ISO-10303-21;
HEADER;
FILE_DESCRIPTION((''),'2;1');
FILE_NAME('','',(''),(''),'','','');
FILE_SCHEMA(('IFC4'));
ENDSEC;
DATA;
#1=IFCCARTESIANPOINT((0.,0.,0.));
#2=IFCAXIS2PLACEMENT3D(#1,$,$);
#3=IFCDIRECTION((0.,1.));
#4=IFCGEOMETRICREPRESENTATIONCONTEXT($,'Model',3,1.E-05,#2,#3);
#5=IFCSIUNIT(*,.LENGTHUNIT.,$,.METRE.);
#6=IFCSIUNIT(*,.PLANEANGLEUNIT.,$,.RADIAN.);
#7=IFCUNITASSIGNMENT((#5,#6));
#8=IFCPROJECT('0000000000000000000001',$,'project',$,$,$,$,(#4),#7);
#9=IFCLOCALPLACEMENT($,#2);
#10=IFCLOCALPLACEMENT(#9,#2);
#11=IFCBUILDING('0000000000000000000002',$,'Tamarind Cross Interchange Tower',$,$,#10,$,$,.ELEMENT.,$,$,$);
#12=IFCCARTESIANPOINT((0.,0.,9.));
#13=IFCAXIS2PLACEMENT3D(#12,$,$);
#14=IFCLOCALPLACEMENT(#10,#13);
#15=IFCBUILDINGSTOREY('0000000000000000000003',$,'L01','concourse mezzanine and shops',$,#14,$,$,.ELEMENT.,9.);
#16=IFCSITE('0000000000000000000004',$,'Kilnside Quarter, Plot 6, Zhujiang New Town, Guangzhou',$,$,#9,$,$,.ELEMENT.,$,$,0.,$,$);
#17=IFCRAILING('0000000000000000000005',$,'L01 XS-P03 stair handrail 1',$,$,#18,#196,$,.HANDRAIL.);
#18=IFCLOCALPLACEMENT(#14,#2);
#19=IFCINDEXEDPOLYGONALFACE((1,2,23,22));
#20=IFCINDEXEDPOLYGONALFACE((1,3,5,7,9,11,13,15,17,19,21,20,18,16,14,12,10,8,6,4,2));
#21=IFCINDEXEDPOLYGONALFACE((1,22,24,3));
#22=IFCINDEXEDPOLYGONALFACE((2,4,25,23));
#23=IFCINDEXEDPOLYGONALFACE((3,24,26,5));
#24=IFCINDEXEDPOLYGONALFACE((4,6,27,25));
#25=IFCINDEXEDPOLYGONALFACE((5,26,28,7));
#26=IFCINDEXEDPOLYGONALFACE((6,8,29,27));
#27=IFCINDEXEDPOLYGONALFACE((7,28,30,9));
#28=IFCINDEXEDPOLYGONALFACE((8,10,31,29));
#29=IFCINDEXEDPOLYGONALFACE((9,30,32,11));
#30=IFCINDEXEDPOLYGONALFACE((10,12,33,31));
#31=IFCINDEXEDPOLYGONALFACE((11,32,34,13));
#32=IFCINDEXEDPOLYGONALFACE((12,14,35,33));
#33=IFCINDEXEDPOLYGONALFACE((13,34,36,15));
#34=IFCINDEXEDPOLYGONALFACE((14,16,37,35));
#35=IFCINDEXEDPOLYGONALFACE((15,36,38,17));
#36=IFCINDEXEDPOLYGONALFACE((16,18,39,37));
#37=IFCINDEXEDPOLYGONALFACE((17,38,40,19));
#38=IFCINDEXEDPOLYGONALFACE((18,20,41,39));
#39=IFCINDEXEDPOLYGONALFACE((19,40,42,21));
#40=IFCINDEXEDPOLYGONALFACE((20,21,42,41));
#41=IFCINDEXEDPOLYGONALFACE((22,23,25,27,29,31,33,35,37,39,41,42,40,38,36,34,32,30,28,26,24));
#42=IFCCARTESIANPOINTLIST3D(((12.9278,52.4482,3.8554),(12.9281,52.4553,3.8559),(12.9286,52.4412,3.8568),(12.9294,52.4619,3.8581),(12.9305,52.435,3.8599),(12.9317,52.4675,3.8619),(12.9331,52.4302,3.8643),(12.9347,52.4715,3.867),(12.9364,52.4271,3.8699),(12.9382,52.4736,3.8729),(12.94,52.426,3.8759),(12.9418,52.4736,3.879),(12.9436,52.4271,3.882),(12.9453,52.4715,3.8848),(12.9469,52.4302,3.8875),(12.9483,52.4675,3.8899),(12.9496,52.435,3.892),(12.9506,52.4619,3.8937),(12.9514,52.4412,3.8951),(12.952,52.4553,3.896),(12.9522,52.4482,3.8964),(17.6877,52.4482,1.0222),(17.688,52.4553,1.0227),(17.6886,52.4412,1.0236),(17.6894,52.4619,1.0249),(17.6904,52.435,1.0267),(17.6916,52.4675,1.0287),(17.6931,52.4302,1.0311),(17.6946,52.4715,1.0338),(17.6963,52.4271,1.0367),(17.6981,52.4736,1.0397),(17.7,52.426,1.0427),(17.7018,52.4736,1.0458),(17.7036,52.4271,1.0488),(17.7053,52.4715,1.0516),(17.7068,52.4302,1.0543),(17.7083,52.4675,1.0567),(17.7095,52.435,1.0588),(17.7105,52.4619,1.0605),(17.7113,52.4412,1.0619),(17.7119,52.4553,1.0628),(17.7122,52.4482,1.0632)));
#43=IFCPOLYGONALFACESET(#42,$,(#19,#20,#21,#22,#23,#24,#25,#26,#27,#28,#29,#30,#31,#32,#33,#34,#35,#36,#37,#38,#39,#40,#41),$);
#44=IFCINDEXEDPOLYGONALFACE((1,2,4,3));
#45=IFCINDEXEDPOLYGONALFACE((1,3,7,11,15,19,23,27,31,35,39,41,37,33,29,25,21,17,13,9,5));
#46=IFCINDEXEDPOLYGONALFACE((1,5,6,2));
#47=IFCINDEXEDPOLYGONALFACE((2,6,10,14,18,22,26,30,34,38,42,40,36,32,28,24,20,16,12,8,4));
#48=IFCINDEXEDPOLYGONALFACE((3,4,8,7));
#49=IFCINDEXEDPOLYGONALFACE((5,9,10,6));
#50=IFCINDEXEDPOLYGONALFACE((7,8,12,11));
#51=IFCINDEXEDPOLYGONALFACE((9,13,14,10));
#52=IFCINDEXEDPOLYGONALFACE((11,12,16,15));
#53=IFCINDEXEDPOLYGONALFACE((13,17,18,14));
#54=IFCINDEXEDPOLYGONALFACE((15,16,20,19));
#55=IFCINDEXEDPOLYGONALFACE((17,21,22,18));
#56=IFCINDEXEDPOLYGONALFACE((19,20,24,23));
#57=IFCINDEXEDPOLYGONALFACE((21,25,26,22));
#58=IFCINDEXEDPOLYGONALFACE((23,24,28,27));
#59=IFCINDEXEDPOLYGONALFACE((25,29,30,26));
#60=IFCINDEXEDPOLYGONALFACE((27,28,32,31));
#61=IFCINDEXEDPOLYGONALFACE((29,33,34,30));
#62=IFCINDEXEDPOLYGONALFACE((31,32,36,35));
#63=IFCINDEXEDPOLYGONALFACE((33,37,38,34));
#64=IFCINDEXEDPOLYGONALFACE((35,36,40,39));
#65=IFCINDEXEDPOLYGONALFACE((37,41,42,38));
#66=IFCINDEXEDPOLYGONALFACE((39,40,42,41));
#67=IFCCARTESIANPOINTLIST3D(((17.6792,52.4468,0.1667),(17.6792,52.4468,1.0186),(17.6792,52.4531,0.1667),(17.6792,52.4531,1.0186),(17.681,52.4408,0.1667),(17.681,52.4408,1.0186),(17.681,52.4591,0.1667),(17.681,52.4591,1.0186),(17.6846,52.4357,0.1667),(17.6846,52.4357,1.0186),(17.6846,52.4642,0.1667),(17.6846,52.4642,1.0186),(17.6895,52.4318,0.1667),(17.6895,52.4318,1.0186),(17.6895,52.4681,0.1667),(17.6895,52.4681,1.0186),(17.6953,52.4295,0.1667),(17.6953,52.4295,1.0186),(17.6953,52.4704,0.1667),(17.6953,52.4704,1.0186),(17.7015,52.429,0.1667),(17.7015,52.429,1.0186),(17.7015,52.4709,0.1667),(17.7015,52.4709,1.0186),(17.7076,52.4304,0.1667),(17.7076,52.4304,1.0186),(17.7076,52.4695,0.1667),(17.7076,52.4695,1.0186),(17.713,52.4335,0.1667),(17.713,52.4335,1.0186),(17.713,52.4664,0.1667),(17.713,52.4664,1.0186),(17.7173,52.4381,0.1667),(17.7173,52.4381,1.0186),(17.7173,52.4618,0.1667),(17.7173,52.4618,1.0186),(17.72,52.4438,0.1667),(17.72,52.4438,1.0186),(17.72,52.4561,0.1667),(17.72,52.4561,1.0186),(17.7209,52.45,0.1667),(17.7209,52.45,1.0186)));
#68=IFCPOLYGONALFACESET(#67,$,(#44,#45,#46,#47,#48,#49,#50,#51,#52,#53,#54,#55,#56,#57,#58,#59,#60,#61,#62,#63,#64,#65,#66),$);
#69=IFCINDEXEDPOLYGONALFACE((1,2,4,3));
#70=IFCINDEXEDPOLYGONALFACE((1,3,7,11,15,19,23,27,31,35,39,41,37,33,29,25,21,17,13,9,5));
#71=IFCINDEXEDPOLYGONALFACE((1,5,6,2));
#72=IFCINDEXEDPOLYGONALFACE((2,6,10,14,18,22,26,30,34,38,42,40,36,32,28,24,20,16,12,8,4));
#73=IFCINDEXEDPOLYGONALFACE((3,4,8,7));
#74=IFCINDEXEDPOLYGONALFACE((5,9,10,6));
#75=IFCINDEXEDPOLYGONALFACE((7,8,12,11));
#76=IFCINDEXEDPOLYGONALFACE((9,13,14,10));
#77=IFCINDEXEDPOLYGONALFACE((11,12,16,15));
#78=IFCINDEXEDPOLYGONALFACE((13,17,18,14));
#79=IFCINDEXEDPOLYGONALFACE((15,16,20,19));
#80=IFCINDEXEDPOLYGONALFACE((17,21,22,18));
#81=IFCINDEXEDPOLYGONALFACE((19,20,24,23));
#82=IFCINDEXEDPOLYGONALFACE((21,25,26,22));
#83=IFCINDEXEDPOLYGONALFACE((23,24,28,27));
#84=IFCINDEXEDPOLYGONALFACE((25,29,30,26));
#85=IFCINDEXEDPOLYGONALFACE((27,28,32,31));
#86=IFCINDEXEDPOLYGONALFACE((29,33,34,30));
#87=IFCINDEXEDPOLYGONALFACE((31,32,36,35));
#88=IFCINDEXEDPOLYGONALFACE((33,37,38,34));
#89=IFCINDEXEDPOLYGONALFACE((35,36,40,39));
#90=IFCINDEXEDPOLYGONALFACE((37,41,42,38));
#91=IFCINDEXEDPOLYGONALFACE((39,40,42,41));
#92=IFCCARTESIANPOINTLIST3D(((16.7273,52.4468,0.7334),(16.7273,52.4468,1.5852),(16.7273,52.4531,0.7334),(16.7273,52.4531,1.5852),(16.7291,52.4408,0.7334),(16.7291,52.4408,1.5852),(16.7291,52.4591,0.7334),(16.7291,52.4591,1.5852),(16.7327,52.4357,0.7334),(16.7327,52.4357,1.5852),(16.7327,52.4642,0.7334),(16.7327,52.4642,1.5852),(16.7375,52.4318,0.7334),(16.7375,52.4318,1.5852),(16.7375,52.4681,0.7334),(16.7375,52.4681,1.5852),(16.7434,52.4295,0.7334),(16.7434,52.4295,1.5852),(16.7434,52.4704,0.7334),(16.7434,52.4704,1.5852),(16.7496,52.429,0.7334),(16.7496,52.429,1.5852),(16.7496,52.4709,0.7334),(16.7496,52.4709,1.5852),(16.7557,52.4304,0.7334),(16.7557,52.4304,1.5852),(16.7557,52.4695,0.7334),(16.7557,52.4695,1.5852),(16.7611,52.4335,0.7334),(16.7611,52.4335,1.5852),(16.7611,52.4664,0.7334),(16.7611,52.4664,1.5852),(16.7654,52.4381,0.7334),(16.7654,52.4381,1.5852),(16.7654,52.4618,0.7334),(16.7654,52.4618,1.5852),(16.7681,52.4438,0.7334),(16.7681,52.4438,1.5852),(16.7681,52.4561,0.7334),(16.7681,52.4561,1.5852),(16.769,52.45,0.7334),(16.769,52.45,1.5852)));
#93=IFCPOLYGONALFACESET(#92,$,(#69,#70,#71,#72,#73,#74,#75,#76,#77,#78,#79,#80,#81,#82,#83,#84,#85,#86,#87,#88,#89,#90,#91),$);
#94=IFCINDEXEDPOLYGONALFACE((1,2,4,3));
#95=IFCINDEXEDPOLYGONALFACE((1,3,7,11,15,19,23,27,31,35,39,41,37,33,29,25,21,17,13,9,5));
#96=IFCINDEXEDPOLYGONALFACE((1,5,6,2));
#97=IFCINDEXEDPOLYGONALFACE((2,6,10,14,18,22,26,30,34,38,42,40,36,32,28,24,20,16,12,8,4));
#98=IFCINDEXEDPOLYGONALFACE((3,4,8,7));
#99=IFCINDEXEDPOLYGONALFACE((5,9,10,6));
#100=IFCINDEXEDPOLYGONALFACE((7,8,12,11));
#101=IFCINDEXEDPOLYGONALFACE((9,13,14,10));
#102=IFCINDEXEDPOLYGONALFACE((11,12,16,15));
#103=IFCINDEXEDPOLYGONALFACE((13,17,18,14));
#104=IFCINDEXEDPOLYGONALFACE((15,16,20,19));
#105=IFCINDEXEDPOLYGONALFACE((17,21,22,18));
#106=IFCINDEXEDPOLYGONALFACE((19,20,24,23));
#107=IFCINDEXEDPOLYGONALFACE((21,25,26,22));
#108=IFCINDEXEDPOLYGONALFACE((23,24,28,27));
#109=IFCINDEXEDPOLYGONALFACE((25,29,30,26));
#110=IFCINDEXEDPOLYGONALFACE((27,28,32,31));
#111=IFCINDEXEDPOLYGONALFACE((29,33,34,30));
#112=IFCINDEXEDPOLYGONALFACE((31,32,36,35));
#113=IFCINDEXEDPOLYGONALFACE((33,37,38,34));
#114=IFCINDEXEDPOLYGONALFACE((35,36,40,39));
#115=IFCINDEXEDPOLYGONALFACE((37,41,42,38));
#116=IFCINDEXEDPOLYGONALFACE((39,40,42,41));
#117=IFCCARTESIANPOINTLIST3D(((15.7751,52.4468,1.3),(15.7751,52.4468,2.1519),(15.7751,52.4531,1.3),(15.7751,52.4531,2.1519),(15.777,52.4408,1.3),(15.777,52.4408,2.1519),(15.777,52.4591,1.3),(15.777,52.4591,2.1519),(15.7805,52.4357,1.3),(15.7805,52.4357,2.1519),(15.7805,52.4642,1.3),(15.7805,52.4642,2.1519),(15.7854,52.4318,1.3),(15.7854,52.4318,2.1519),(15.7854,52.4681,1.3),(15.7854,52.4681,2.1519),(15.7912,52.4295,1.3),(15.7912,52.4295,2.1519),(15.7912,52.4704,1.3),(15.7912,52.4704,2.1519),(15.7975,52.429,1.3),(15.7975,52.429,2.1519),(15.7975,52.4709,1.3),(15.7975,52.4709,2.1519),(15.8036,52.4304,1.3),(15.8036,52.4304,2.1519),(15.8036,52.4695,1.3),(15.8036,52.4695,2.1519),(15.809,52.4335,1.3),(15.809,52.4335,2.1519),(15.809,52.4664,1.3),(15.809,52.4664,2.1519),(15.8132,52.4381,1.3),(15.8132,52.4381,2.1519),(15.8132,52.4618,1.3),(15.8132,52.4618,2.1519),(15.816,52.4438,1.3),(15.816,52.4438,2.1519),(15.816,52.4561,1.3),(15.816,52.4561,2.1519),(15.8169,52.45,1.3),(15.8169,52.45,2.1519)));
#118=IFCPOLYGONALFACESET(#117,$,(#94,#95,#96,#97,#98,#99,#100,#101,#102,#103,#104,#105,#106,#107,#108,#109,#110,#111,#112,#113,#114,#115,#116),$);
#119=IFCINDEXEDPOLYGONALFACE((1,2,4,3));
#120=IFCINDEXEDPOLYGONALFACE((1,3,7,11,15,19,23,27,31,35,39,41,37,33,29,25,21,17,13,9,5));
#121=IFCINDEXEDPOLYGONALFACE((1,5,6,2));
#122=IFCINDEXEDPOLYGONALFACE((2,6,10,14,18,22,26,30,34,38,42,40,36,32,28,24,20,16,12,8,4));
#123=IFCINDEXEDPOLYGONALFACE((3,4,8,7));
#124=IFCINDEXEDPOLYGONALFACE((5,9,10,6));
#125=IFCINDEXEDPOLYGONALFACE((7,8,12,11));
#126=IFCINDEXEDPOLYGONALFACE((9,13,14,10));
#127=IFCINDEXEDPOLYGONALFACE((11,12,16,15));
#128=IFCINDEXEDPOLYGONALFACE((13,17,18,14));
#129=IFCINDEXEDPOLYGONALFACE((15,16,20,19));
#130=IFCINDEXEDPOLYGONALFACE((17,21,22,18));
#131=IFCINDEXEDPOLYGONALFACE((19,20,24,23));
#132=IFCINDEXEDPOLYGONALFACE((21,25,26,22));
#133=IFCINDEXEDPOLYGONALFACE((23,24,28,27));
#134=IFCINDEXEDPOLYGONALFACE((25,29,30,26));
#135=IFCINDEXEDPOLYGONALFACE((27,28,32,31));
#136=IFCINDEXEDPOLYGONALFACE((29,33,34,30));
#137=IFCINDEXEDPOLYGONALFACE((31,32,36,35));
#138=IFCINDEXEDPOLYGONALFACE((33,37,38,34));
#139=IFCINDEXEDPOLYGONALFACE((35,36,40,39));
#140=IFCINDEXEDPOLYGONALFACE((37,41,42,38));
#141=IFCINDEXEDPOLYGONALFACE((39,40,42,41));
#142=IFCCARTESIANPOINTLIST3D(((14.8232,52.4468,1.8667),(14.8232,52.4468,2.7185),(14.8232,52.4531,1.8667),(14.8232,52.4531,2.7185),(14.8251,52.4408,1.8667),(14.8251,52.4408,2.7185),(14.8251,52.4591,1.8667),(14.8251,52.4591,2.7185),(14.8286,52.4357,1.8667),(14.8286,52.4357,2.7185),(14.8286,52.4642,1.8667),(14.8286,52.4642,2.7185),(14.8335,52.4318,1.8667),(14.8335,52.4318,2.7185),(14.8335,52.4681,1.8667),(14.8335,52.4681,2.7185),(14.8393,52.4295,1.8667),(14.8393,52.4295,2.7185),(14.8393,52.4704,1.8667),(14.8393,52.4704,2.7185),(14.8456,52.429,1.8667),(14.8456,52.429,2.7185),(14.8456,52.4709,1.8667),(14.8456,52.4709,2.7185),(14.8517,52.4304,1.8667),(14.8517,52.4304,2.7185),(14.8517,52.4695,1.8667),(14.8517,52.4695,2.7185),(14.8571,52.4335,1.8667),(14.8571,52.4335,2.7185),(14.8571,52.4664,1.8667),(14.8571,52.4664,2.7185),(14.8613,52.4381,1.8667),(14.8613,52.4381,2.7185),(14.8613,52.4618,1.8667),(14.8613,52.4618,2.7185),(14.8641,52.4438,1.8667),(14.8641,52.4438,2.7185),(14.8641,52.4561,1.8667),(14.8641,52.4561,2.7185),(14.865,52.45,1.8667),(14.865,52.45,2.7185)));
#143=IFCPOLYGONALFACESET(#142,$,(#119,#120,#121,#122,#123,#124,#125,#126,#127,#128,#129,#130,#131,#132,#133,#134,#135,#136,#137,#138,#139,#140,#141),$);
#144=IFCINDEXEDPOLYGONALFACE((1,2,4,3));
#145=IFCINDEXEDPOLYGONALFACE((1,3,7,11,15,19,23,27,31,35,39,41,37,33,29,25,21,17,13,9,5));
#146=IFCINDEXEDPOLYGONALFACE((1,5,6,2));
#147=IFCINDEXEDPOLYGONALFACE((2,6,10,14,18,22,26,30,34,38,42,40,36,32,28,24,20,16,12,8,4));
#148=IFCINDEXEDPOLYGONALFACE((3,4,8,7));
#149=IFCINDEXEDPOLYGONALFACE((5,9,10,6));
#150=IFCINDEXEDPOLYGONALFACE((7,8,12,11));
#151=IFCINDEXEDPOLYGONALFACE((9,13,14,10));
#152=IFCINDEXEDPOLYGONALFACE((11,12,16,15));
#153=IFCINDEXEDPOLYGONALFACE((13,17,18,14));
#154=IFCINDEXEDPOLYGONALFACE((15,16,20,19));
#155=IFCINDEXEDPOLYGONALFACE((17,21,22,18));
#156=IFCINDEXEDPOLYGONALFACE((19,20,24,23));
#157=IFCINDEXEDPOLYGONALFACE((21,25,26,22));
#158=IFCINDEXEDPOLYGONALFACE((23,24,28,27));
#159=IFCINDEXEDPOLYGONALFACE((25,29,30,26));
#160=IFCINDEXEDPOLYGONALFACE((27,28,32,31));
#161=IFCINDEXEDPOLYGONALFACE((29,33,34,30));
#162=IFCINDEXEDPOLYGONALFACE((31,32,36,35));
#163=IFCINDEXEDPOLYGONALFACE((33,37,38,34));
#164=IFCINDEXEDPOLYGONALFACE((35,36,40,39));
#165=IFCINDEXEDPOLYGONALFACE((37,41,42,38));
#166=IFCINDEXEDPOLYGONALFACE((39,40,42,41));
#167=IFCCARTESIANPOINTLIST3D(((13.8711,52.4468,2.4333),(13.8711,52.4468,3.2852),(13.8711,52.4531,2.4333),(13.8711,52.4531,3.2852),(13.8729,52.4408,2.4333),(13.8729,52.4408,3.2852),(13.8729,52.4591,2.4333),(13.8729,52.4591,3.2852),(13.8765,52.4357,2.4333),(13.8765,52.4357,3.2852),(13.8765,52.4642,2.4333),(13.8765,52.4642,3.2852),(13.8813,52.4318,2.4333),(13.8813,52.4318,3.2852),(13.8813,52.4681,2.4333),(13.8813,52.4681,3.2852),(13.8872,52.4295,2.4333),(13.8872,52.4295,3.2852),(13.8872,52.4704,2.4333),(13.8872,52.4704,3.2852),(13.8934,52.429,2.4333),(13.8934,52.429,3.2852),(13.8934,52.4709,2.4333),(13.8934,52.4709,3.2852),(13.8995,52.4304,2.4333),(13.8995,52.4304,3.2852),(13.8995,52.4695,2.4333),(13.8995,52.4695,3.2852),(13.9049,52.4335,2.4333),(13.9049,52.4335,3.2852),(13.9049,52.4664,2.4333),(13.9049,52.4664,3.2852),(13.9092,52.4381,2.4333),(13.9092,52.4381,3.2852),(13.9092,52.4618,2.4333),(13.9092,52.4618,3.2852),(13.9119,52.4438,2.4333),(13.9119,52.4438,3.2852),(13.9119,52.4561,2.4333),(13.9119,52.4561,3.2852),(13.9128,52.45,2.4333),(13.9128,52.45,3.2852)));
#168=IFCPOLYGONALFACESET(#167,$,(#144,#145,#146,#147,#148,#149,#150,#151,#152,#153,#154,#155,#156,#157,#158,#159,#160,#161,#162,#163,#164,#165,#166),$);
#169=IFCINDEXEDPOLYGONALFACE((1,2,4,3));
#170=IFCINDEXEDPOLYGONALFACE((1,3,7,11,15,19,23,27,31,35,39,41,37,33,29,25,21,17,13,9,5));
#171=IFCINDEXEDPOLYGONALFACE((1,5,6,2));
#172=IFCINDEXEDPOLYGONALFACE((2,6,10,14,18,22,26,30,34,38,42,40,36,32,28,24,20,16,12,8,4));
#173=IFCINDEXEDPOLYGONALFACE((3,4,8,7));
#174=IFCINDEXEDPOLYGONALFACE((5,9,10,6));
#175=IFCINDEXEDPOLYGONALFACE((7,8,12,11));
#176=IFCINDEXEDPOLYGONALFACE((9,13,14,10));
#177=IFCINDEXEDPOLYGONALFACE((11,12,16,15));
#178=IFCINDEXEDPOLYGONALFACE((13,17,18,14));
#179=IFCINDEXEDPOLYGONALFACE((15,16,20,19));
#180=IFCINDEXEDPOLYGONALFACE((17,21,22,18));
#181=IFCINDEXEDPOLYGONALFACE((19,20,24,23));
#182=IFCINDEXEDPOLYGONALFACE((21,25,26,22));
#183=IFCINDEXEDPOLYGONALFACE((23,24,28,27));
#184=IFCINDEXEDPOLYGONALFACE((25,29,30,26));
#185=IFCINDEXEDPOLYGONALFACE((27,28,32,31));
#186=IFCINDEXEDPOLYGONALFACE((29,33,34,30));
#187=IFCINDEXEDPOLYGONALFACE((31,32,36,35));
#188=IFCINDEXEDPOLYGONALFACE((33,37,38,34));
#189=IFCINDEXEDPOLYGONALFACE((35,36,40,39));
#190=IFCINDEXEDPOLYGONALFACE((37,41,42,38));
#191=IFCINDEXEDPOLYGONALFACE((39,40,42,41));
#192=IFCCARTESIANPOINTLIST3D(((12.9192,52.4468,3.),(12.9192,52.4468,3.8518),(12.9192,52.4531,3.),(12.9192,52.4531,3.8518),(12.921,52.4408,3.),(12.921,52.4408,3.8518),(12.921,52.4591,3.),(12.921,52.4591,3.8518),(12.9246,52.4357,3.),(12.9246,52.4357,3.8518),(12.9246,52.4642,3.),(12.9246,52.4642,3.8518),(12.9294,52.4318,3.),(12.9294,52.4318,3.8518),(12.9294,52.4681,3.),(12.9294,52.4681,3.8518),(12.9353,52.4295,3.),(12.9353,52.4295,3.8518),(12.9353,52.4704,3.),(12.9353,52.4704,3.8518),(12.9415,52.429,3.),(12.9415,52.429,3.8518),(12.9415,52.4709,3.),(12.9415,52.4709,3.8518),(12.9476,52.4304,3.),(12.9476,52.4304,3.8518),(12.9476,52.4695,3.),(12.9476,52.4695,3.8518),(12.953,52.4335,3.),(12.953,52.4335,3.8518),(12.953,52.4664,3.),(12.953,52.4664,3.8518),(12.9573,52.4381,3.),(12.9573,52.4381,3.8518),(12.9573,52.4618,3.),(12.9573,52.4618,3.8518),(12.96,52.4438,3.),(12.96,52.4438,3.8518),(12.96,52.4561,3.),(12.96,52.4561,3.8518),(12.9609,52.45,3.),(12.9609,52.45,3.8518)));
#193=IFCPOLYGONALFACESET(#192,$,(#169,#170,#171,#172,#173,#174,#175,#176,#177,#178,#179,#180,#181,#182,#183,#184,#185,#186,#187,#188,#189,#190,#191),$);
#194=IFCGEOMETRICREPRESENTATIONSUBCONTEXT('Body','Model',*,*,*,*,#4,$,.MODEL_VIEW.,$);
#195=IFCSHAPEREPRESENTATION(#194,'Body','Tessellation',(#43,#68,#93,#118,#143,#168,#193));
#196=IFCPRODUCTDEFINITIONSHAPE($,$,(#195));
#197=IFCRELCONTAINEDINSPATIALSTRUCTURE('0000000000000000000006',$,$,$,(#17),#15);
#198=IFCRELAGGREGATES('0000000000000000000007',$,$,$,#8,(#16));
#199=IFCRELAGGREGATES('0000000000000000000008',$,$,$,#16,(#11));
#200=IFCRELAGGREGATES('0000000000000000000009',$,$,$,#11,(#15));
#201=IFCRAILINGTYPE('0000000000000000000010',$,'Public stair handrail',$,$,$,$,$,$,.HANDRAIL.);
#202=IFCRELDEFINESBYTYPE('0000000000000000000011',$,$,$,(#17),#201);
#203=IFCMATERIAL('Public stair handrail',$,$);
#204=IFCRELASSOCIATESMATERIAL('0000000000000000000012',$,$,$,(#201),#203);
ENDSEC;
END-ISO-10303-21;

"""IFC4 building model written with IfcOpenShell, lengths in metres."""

from ifc_helpers import new_model, si_unit, direction, frame, origin, origin_2d, place, context, subcontext, project, spatial, circle, extrude, material, type_object, element, save


model = new_model("IFC4")

# Units and contexts
model_context = context("Model", 3, precision=1e-05, world=origin(), true_north=direction((0.0, 1.0)))
body_context = subcontext(model_context, "Body", "Model", "MODEL_VIEW")
ifc_project = project(units=[si_unit("LENGTHUNIT", "METRE"), si_unit("PLANEANGLEUNIT", "RADIAN")], contexts=[model_context])

# Site, building, storey
site_placement = place(None, origin())
site = spatial("IfcSite", under=ifc_project, at=site_placement, Name="Kilnside Quarter, Plot 6, Zhujiang New Town, Guangzhou", CompositionType="ELEMENT", RefElevation=0.0)
building_placement = place(site_placement, origin())
building = spatial("IfcBuilding", under=site, at=building_placement, Name="Tamarind Cross Interchange Tower", CompositionType="ELEMENT")
storey_placement = place(building_placement, frame((0.0, 0.0, 9.0)))
storey = spatial("IfcBuildingStorey", under=building, at=storey_placement, Name="L01", Description="concourse mezzanine and shops", CompositionType="ELEMENT", Elevation=9.0)

# Railing
ifc_material_1 = material(Name="Public stair handrail")
railing_type_1 = type_object("IfcRailingType", Name="Public stair handrail", PredefinedType="HANDRAIL", material=ifc_material_1)
railing_1_placement = place(storey_placement, frame((17.7, 52.45, 0.1667)))
element("IfcRailing", 1, at=railing_1_placement, inside=storey, type_object=railing_type_1, Name="L01 XS-P03 stair handrail 1", PredefinedType="HANDRAIL", context=body_context, shape_type="SweptSolid", body=[
    extrude(circle(Radius=0.0239, at=origin_2d()), frame((0.0, 0.0, 0.876), z_axis=(-0.8593, 0.0, 0.511472), x_axis=(0.0, -1.0, 0.0)), (0.0, 0.0, 1.0), 5.5393),
    extrude(circle(Radius=0.021, at=origin_2d()), origin(), (0.0, 0.0, 1.0), 0.8518),
    extrude(circle(Radius=0.021, at=origin_2d()), frame((-0.9519, 0.0, 0.5667)), (0.0, 0.0, 1.0), 0.8518),
    extrude(circle(Radius=0.021, at=origin_2d()), frame((-1.9041, 0.0, 1.1333)), (0.0, 0.0, 1.0), 0.8518),
    extrude(circle(Radius=0.021, at=origin_2d()), frame((-2.856, 0.0, 1.7)), (0.0, 0.0, 1.0), 0.8518),
    extrude(circle(Radius=0.021, at=origin_2d()), frame((-3.8081, 0.0, 2.2666)), (0.0, 0.0, 1.0), 0.8518),
    extrude(circle(Radius=0.021, at=origin_2d()), frame((-4.76, 0.0, 2.8333)), (0.0, 0.0, 1.0), 0.8518),
])

save(model, "model.ifc")
